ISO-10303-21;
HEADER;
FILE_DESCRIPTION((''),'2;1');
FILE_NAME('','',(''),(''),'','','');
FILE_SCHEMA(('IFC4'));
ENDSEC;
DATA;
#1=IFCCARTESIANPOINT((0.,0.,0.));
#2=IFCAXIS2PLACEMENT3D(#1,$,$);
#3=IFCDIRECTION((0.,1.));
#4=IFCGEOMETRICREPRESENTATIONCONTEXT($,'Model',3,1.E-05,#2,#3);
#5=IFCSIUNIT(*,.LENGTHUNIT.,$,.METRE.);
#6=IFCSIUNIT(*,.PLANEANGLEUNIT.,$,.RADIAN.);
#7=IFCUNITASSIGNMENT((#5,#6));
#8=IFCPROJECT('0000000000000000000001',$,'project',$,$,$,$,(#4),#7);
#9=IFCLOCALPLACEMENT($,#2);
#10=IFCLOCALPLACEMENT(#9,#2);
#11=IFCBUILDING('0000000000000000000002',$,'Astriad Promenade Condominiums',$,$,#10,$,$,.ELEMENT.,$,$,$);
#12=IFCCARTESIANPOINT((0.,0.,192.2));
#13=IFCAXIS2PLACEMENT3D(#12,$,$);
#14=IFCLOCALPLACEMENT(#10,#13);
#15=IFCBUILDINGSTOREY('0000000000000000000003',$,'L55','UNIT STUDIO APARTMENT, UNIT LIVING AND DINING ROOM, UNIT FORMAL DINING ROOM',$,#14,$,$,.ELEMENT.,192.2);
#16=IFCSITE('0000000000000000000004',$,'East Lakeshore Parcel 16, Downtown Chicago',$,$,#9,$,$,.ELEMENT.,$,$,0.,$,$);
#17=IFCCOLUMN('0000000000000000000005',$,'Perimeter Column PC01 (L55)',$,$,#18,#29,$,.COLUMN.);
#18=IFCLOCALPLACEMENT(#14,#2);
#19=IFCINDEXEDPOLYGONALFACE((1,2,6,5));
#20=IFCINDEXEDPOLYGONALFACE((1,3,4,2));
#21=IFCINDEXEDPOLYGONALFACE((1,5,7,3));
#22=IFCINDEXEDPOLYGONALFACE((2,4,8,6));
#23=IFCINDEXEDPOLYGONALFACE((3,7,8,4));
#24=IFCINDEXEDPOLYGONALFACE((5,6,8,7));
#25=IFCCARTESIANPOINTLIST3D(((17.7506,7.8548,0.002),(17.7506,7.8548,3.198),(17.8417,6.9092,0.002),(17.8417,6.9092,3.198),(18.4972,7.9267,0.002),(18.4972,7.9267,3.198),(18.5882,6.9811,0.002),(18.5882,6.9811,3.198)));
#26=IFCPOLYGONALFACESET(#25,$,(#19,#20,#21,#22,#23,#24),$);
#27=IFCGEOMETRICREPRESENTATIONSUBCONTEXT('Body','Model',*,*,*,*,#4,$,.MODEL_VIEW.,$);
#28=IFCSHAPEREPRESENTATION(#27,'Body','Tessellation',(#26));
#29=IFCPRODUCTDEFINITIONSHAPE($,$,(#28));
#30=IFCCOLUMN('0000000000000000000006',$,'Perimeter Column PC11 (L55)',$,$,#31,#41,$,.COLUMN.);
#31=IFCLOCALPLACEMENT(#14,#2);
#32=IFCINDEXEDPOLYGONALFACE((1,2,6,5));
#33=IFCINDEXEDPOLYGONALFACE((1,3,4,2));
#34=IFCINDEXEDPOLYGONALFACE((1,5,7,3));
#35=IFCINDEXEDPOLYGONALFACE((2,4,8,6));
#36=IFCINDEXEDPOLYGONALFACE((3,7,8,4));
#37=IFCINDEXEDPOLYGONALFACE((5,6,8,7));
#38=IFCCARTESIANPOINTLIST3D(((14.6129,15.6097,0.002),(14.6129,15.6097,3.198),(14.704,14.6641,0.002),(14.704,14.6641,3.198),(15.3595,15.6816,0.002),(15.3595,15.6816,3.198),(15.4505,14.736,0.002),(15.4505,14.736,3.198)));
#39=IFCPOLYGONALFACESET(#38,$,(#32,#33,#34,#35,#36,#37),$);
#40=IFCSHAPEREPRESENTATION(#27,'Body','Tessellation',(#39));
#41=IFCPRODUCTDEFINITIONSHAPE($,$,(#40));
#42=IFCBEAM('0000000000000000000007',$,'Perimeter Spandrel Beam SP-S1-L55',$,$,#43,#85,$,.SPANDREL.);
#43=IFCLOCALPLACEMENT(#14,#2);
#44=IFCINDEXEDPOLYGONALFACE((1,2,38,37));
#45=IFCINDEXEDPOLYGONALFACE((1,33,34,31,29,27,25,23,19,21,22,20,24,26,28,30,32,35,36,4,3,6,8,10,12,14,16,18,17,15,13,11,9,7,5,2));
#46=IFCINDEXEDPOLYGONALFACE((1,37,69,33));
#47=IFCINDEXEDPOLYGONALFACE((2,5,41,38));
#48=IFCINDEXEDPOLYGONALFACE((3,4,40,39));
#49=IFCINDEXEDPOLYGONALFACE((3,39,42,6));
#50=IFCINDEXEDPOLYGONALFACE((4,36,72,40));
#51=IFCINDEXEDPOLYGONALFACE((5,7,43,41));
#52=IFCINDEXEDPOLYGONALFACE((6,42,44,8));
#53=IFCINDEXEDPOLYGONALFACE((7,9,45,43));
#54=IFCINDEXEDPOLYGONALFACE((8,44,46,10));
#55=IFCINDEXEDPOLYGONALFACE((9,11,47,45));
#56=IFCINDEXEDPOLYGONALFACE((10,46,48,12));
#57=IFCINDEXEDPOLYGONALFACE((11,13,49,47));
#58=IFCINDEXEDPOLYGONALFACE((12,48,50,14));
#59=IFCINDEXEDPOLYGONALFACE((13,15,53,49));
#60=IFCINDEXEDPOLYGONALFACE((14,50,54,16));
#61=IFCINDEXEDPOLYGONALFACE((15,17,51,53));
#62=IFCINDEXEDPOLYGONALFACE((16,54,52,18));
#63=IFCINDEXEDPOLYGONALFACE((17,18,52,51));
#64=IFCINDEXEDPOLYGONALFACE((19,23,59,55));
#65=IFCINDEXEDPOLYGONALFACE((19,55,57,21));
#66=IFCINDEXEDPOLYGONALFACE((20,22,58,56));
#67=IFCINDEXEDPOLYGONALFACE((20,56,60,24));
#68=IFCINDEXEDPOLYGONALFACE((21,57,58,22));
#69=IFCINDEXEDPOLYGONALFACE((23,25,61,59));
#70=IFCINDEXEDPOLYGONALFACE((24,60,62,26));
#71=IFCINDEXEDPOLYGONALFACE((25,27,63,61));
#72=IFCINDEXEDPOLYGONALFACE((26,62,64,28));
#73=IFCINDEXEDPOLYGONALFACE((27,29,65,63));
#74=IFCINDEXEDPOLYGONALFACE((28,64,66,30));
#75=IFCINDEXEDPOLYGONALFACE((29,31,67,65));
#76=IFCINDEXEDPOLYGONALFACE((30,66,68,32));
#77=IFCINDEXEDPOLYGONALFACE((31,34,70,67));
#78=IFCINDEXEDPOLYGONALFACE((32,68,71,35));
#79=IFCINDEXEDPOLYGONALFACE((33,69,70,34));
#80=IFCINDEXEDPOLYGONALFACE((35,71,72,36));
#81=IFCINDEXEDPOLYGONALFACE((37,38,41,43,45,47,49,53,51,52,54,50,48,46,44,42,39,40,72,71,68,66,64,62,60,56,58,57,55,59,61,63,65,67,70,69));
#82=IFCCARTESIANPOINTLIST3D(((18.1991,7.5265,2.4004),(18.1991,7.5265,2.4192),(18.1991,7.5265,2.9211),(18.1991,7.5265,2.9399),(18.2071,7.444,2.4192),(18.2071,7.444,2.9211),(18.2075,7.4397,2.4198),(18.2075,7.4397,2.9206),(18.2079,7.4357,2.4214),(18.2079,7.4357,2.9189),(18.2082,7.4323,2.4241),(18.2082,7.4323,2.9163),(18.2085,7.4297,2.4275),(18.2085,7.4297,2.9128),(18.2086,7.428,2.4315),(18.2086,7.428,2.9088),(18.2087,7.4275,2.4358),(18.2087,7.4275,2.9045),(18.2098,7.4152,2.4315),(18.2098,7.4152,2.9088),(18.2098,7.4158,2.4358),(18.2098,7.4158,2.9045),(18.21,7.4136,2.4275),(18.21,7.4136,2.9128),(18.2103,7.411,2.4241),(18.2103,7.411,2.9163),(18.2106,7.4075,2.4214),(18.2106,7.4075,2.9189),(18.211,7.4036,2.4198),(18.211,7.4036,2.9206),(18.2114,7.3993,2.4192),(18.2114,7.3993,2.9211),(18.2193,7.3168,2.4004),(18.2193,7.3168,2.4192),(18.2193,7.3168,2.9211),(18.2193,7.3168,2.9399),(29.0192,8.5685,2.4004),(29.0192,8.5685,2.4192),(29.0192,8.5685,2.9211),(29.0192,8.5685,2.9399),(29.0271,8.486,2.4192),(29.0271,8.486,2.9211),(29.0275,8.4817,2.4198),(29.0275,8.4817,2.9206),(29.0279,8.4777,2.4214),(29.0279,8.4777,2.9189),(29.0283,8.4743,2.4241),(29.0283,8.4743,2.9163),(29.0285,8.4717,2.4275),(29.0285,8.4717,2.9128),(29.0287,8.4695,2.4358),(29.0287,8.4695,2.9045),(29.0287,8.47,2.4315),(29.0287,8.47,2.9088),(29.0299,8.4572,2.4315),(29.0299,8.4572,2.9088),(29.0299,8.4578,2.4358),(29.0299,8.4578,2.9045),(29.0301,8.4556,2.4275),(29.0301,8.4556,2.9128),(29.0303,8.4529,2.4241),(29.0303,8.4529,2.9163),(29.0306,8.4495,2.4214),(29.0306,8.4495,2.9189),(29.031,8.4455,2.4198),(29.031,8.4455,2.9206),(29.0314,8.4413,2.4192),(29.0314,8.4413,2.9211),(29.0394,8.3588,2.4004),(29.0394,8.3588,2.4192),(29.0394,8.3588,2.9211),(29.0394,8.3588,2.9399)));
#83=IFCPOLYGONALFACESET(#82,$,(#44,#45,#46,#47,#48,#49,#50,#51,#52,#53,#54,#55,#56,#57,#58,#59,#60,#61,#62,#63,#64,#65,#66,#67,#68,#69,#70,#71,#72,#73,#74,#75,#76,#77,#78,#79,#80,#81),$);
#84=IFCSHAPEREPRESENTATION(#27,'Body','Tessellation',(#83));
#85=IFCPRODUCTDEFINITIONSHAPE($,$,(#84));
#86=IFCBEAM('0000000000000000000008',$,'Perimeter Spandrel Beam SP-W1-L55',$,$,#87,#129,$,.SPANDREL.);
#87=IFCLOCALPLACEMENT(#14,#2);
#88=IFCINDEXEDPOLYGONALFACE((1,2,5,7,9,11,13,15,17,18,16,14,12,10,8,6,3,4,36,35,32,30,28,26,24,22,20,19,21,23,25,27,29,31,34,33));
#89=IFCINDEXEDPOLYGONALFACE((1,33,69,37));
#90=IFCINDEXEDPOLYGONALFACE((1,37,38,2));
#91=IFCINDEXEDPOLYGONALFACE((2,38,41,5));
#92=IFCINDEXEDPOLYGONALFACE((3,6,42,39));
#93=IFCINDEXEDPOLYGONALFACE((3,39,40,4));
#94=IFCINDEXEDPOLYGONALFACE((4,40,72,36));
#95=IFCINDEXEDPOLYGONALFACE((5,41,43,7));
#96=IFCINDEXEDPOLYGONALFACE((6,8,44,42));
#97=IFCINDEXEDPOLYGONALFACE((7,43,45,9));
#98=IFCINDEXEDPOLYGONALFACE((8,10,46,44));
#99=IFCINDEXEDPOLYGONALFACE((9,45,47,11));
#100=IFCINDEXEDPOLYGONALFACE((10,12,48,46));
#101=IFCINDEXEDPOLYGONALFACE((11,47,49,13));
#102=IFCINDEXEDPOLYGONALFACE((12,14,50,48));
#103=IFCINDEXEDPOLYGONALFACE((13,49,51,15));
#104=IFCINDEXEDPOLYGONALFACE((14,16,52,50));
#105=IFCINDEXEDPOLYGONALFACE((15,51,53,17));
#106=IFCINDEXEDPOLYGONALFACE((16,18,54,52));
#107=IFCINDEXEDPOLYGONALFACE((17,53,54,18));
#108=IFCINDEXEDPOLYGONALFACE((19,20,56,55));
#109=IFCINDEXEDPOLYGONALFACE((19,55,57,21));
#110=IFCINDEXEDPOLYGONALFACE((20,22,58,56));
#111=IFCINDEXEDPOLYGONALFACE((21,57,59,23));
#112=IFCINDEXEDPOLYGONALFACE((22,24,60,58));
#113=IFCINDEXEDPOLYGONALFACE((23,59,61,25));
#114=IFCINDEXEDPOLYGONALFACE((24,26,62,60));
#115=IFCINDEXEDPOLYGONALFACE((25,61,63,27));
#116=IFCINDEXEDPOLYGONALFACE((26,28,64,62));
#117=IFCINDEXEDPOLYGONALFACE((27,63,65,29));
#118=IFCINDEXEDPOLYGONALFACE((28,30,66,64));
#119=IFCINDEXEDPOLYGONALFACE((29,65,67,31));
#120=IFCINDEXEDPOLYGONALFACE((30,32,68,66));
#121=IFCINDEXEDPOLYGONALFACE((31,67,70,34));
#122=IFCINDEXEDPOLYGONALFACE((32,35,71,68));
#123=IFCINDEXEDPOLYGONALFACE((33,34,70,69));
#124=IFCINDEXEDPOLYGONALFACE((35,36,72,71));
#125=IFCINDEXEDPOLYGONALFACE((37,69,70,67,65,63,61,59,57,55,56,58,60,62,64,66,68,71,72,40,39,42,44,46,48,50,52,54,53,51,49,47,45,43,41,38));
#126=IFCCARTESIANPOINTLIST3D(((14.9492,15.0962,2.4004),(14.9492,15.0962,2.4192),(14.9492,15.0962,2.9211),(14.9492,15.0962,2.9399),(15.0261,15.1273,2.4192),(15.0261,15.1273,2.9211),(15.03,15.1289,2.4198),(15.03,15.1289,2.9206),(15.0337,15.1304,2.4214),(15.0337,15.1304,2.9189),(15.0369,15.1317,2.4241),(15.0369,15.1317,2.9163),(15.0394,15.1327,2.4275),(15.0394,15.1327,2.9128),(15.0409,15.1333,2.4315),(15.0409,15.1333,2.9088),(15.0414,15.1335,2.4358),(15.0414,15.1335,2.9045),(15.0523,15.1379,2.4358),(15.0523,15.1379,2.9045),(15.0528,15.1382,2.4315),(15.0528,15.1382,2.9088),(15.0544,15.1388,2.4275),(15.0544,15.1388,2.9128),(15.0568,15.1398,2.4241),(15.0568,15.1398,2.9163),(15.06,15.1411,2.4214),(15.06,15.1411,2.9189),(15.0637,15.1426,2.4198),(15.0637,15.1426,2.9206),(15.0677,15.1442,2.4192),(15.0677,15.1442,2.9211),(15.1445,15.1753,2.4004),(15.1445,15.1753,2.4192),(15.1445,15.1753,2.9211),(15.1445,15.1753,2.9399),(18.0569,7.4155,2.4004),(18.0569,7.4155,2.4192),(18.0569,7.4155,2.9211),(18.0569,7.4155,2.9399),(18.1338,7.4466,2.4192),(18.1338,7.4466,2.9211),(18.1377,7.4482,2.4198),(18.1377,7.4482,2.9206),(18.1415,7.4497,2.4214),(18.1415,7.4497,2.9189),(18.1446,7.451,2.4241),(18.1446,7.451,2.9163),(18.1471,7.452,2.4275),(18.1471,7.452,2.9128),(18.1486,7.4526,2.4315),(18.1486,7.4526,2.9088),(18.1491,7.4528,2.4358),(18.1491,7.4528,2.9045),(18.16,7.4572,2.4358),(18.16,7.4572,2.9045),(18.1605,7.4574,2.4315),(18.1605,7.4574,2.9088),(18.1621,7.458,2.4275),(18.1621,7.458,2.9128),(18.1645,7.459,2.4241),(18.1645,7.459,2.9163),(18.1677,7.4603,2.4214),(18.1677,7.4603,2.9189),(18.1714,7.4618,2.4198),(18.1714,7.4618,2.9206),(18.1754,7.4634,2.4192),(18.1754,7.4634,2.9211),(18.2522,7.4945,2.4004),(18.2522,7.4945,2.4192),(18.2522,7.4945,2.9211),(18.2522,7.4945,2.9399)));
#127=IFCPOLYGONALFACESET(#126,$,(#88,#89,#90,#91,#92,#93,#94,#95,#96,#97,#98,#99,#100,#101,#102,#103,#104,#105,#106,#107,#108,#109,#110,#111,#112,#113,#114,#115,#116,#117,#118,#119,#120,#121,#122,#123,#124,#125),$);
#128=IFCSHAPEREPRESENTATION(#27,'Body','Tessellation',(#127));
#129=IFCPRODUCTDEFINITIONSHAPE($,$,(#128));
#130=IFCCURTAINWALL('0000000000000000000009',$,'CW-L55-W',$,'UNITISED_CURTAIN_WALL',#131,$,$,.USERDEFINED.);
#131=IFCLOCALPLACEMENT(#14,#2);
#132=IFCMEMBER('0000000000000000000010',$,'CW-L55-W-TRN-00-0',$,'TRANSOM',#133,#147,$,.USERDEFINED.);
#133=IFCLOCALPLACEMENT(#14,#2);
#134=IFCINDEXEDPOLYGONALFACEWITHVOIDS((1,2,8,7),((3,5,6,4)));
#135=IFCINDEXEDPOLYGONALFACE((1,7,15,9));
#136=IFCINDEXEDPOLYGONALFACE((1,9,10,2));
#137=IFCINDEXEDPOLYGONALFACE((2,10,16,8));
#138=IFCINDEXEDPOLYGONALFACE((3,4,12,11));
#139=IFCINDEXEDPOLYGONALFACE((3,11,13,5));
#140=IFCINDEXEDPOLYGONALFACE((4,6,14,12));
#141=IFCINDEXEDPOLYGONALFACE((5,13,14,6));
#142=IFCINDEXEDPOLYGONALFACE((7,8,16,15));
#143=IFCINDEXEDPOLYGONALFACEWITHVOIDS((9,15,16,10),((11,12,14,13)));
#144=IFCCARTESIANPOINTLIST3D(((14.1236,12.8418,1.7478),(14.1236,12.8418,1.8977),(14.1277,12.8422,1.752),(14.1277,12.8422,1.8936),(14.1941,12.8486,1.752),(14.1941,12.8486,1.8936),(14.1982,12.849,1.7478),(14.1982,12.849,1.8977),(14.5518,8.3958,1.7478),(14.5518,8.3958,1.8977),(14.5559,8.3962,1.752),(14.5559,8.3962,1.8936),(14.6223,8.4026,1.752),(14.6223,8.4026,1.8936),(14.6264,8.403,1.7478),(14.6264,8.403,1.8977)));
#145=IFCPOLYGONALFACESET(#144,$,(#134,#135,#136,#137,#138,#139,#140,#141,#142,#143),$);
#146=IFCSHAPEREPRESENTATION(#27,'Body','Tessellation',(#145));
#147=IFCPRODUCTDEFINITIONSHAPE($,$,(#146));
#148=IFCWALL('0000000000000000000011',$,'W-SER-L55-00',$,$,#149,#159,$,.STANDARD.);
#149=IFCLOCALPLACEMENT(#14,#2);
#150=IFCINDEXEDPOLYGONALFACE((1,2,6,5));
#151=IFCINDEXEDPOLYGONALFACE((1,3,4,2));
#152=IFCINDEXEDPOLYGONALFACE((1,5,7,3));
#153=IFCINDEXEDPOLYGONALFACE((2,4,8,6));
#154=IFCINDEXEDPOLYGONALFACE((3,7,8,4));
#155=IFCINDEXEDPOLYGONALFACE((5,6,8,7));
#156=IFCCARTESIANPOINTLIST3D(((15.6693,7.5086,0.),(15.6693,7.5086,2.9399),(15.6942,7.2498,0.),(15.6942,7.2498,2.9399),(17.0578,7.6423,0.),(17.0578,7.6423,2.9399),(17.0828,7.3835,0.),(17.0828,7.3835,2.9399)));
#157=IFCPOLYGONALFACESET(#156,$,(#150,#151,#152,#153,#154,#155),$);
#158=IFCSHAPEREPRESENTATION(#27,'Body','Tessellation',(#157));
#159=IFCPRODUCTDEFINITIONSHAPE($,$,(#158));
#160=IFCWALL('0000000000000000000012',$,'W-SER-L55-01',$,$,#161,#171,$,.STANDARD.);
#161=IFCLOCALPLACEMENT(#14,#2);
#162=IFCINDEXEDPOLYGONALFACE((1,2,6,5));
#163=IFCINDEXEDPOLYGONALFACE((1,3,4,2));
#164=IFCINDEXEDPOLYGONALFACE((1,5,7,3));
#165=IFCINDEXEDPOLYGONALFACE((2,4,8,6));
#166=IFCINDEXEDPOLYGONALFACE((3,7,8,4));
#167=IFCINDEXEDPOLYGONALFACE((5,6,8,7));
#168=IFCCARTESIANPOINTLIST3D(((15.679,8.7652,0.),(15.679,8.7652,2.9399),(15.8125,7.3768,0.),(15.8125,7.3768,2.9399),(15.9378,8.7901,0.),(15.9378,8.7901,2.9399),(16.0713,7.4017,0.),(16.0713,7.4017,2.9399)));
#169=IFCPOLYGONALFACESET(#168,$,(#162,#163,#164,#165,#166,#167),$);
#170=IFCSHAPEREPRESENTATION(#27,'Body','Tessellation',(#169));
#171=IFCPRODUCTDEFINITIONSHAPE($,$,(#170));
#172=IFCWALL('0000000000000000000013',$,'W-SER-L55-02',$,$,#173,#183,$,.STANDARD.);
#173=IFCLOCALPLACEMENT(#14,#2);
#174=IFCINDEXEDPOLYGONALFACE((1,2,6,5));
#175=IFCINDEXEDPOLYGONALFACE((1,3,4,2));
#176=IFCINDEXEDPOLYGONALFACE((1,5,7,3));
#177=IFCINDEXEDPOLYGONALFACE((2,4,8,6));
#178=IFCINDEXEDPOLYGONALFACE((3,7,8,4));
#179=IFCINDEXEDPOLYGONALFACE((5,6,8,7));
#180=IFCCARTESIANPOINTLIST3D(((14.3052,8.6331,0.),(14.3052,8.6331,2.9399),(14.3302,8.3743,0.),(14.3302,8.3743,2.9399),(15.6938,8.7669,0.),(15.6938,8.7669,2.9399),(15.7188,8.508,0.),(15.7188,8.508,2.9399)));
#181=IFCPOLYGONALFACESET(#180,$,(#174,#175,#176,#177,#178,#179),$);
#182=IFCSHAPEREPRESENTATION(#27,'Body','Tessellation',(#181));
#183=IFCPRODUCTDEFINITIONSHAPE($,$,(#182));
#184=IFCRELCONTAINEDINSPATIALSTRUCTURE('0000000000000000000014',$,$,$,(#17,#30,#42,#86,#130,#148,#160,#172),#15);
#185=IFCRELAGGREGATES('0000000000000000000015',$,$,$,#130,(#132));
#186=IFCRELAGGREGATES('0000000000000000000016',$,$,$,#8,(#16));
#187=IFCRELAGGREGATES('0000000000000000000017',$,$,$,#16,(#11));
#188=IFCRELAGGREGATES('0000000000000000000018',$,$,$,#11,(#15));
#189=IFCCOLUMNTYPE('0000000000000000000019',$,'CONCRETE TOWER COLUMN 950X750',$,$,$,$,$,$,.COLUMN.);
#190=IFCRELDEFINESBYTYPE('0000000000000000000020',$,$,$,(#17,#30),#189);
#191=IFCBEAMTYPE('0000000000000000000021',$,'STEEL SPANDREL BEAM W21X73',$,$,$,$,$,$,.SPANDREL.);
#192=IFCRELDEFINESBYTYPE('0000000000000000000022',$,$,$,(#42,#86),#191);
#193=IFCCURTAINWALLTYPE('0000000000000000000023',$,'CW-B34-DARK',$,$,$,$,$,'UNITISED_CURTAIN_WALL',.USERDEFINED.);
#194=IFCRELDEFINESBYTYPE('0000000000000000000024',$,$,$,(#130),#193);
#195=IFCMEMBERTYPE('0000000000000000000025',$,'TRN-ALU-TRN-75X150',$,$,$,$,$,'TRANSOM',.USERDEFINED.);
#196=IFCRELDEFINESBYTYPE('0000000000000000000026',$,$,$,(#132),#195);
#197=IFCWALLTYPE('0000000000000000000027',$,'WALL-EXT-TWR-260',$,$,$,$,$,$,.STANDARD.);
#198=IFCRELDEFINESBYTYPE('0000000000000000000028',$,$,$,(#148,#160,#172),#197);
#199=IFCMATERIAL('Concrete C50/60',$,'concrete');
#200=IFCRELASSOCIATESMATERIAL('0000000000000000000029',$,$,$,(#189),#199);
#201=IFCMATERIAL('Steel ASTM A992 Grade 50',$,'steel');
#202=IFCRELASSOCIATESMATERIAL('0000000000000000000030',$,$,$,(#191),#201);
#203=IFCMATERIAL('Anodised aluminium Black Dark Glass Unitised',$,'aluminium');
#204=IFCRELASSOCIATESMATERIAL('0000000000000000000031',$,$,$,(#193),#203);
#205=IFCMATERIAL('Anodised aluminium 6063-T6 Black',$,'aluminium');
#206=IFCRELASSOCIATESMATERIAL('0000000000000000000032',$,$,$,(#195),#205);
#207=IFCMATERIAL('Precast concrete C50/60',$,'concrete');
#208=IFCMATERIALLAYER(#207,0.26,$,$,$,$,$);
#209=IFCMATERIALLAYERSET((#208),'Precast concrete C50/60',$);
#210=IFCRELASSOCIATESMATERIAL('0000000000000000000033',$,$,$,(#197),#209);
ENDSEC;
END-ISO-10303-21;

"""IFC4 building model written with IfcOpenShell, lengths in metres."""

from ifc_helpers import new_model, si_unit, direction, frame, frame_2d, origin, origin_2d, place, context, subcontext, project, spatial, rectangle, hollow_rectangle, i_section, extrude, source, transform, mapped, material, layer, layer_set, material_profile, profile_set, type_object, type_shapes, element, aggregate, save


model = new_model("IFC4")

# Units and contexts
model_context = context("Model", 3, precision=1e-05, world=origin(), true_north=direction((0.0, 1.0)))
body_context = subcontext(model_context, "Body", "Model", "MODEL_VIEW")
ifc_project = project(units=[si_unit("LENGTHUNIT", "METRE"), si_unit("PLANEANGLEUNIT", "RADIAN")], contexts=[model_context])

# Site, building, storey
site_placement = place(None, origin())
site = spatial("IfcSite", under=ifc_project, at=site_placement, Name="East Lakeshore Parcel 16, Downtown Chicago", CompositionType="ELEMENT", RefElevation=0.0)
building_placement = place(site_placement, origin())
building = spatial("IfcBuilding", under=site, at=building_placement, Name="Astriad Promenade Condominiums", CompositionType="ELEMENT")
storey_placement = place(building_placement, frame((0.0, 0.0, 192.2)))
storey = spatial("IfcBuildingStorey", under=building, at=storey_placement, Name="L55", Description="UNIT STUDIO APARTMENT, UNIT LIVING AND DINING ROOM, UNIT FORMAL DINING ROOM", CompositionType="ELEMENT", Elevation=192.2)

# Columns
ifc_material_1 = material(Name="Concrete C50/60", Category="concrete")
ifc_material_profile_1 = material_profile(ifc_material_1, rectangle(XDim=0.75, YDim=0.95, at=origin_2d()), Name="RC-COL-950X750")
ifc_profile_set_1 = profile_set([ifc_material_profile_1], Name="Concrete C50/60")
column_type = type_object("IfcColumnType", Name="CONCRETE TOWER COLUMN 950X750", PredefinedType="COLUMN", material=ifc_profile_set_1)
shared_shape_1 = source(origin(), body_context, "Body", "SweptSolid", [
    extrude(rectangle(XDim=0.75, YDim=0.95, at=origin_2d()), origin(), (0.0, 0.0, 1.0), 3.196),
])
type_shapes(column_type, [shared_shape_1])
for number, where, z_axis, x_axis, name in (
    (1, (18.1694, 7.418, 0.002), (0.0, 0.0, 1.0), (0.995396, 0.095846, 0.0), "Perimeter Column PC01 (L55)"),
    (2, (15.0317, 15.1729, 0.002), (0.0, 0.0, 1.0), (0.995396, 0.095846, 0.0), "Perimeter Column PC11 (L55)"),
):
    element("IfcColumn", number, at=place(storey_placement, frame(where, z_axis=z_axis, x_axis=x_axis)), inside=storey, type_object=column_type, Name=name, PredefinedType="COLUMN", context=body_context, shape_type="MappedRepresentation", body=[
        mapped(shared_shape_1, transform((0.0, 0.0, 0.0), scale=1.0)),
    ])

# Beams
ifc_material_2 = material(Name="Steel ASTM A992 Grade 50", Category="steel")
ifc_material_profile_2 = material_profile(ifc_material_2, i_section(OverallWidth=0.2107, OverallDepth=0.5396, WebThickness=0.0117, FlangeThickness=0.0188, FilletRadius=0.0166, at=origin_2d()), Name="W21X73")
ifc_profile_set_2 = profile_set([ifc_material_profile_2], Name="Steel ASTM A992 Grade 50")
beam_type = type_object("IfcBeamType", Name="STEEL SPANDREL BEAM W21X73", PredefinedType="SPANDREL", material=ifc_profile_set_2)
shared_shape_2 = source(origin(), body_context, "Body", "SweptSolid", [
    extrude(i_section(OverallWidth=0.2107, OverallDepth=0.5396, WebThickness=0.0117, FlangeThickness=0.0188, FilletRadius=0.0166, at=origin_2d()), origin(), (0.0, 0.0, 1.0), 10.8701),
])
beam_1_placement = place(storey_placement, frame((18.2092, 7.4216, 2.6702), z_axis=(0.995395, 0.095858, 0.0), x_axis=(-0.095858, 0.995395, 0.0)))
element("IfcBeam", 3, at=beam_1_placement, inside=storey, type_object=beam_type, Name="Perimeter Spandrel Beam SP-S1-L55", PredefinedType="SPANDREL", context=body_context, shape_type="MappedRepresentation", body=[
    mapped(shared_shape_2, transform((0.0, 0.0, 0.0), scale=1.0)),
])
shared_shape_3 = source(origin(), body_context, "Body", "SweptSolid", [
    extrude(i_section(OverallWidth=0.2107, OverallDepth=0.5396, WebThickness=0.0117, FlangeThickness=0.0188, FilletRadius=0.0166, at=origin_2d()), origin(), (0.0, 0.0, 1.0), 8.2856),
])
type_shapes(beam_type, [shared_shape_2, shared_shape_3])
beam_2_placement = place(storey_placement, frame((15.0469, 15.1357, 2.6702), z_axis=(0.375071, -0.926996, 0.0), x_axis=(0.926996, 0.375071, 0.0)))
element("IfcBeam", 4, at=beam_2_placement, inside=storey, type_object=beam_type, Name="Perimeter Spandrel Beam SP-W1-L55", PredefinedType="SPANDREL", context=body_context, shape_type="MappedRepresentation", body=[
    mapped(shared_shape_3, transform((0.0, 0.0, 0.0), scale=1.0)),
])

# Curtain wall, member
ifc_material_3 = material(Name="Anodised aluminium Black Dark Glass Unitised", Category="aluminium")
curtain_wall_type = type_object("IfcCurtainWallType", Name="CW-B34-DARK", ElementType="UNITISED_CURTAIN_WALL", PredefinedType="USERDEFINED", material=ifc_material_3)
curtain_wall_placement = place(storey_placement, origin())
curtain_wall = element("IfcCurtainWall", 5, at=curtain_wall_placement, inside=storey, type_object=curtain_wall_type, Name="CW-L55-W", ObjectType="UNITISED_CURTAIN_WALL", PredefinedType="USERDEFINED")
ifc_material_4 = material(Name="Anodised aluminium 6063-T6 Black", Category="aluminium")
ifc_material_profile_3 = material_profile(ifc_material_4, hollow_rectangle(XDim=0.075, YDim=0.1499, WallThickness=0.0042, at=origin_2d()), Name="ALU-TRN-75X150")
ifc_profile_set_3 = profile_set([ifc_material_profile_3], Name="Anodised aluminium 6063-T6 Black")
member_type = type_object("IfcMemberType", Name="TRN-ALU-TRN-75X150", ElementType="TRANSOM", PredefinedType="USERDEFINED", material=ifc_profile_set_3)
shared_shape_4 = source(origin(), body_context, "Body", "SweptSolid", [
    extrude(hollow_rectangle(XDim=0.075, YDim=0.1499, WallThickness=0.0042, at=origin_2d()), origin(), (0.0, 0.0, 1.0), 4.4666),
])
type_shapes(member_type, [shared_shape_4])
member_placement = place(storey_placement, frame((14.5891, 8.3994, 1.8228), z_axis=(-0.095872, 0.995394, 0.0), x_axis=(-0.995394, -0.095872, 0.0)))
member = element("IfcMember", 6, at=member_placement, type_object=member_type, Name="CW-L55-W-TRN-00-0", ObjectType="TRANSOM", PredefinedType="USERDEFINED", context=body_context, shape_type="MappedRepresentation", body=[
    mapped(shared_shape_4, transform((0.0, 0.0, 0.0), scale=1.0)),
])
aggregate(curtain_wall, [member])

# Walls
ifc_material_5 = material(Name="Precast concrete C50/60", Category="concrete")
ifc_layer_1 = layer(ifc_material_5, 0.26)
ifc_layer_set_1 = layer_set([ifc_layer_1], Name="Precast concrete C50/60")
wall_type_1 = type_object("IfcWallType", Name="WALL-EXT-TWR-260", PredefinedType="STANDARD", material=ifc_layer_set_1)
wall_1_placement = place(storey_placement, frame((17.0703, 7.5129, 0.0), z_axis=(0.0, 0.0, 1.0), x_axis=(-0.995391, -0.095899, 0.0)))
element("IfcWall", 7, at=wall_1_placement, inside=storey, type_object=wall_type_1, Name="W-SER-L55-00", PredefinedType="STANDARD", context=body_context, shape_type="SweptSolid", body=[
    extrude(rectangle(XDim=1.395, YDim=0.26, at=frame_2d((0.6975, 0.0))), origin(), (0.0, 0.0, 1.0), 2.9399),
])
wall_2_placement = place(storey_placement, frame((15.9419, 7.3894, 0.0), z_axis=(0.0, 0.0, 1.0), x_axis=(-0.095742, 0.995406, 0.0)))
element("IfcWall", 8, at=wall_2_placement, inside=storey, type_object=wall_type_1, Name="W-SER-L55-01", PredefinedType="STANDARD", context=body_context, shape_type="SweptSolid", body=[
    extrude(rectangle(XDim=1.3948, YDim=0.26, at=frame_2d((0.6973, 0.0))), origin(), (0.0, 0.0, 1.0), 2.9399),
])
wall_3_placement = place(storey_placement, frame((15.7063, 8.6375, 0.0), z_axis=(0.0, 0.0, 1.0), x_axis=(-0.995391, -0.095899, 0.0)))
element("IfcWall", 9, at=wall_3_placement, inside=storey, type_object=wall_type_1, Name="W-SER-L55-02", PredefinedType="STANDARD", context=body_context, shape_type="SweptSolid", body=[
    extrude(rectangle(XDim=1.395, YDim=0.26, at=frame_2d((0.6975, 0.0))), origin(), (0.0, 0.0, 1.0), 2.9399),
])

save(model, "model.ifc")
